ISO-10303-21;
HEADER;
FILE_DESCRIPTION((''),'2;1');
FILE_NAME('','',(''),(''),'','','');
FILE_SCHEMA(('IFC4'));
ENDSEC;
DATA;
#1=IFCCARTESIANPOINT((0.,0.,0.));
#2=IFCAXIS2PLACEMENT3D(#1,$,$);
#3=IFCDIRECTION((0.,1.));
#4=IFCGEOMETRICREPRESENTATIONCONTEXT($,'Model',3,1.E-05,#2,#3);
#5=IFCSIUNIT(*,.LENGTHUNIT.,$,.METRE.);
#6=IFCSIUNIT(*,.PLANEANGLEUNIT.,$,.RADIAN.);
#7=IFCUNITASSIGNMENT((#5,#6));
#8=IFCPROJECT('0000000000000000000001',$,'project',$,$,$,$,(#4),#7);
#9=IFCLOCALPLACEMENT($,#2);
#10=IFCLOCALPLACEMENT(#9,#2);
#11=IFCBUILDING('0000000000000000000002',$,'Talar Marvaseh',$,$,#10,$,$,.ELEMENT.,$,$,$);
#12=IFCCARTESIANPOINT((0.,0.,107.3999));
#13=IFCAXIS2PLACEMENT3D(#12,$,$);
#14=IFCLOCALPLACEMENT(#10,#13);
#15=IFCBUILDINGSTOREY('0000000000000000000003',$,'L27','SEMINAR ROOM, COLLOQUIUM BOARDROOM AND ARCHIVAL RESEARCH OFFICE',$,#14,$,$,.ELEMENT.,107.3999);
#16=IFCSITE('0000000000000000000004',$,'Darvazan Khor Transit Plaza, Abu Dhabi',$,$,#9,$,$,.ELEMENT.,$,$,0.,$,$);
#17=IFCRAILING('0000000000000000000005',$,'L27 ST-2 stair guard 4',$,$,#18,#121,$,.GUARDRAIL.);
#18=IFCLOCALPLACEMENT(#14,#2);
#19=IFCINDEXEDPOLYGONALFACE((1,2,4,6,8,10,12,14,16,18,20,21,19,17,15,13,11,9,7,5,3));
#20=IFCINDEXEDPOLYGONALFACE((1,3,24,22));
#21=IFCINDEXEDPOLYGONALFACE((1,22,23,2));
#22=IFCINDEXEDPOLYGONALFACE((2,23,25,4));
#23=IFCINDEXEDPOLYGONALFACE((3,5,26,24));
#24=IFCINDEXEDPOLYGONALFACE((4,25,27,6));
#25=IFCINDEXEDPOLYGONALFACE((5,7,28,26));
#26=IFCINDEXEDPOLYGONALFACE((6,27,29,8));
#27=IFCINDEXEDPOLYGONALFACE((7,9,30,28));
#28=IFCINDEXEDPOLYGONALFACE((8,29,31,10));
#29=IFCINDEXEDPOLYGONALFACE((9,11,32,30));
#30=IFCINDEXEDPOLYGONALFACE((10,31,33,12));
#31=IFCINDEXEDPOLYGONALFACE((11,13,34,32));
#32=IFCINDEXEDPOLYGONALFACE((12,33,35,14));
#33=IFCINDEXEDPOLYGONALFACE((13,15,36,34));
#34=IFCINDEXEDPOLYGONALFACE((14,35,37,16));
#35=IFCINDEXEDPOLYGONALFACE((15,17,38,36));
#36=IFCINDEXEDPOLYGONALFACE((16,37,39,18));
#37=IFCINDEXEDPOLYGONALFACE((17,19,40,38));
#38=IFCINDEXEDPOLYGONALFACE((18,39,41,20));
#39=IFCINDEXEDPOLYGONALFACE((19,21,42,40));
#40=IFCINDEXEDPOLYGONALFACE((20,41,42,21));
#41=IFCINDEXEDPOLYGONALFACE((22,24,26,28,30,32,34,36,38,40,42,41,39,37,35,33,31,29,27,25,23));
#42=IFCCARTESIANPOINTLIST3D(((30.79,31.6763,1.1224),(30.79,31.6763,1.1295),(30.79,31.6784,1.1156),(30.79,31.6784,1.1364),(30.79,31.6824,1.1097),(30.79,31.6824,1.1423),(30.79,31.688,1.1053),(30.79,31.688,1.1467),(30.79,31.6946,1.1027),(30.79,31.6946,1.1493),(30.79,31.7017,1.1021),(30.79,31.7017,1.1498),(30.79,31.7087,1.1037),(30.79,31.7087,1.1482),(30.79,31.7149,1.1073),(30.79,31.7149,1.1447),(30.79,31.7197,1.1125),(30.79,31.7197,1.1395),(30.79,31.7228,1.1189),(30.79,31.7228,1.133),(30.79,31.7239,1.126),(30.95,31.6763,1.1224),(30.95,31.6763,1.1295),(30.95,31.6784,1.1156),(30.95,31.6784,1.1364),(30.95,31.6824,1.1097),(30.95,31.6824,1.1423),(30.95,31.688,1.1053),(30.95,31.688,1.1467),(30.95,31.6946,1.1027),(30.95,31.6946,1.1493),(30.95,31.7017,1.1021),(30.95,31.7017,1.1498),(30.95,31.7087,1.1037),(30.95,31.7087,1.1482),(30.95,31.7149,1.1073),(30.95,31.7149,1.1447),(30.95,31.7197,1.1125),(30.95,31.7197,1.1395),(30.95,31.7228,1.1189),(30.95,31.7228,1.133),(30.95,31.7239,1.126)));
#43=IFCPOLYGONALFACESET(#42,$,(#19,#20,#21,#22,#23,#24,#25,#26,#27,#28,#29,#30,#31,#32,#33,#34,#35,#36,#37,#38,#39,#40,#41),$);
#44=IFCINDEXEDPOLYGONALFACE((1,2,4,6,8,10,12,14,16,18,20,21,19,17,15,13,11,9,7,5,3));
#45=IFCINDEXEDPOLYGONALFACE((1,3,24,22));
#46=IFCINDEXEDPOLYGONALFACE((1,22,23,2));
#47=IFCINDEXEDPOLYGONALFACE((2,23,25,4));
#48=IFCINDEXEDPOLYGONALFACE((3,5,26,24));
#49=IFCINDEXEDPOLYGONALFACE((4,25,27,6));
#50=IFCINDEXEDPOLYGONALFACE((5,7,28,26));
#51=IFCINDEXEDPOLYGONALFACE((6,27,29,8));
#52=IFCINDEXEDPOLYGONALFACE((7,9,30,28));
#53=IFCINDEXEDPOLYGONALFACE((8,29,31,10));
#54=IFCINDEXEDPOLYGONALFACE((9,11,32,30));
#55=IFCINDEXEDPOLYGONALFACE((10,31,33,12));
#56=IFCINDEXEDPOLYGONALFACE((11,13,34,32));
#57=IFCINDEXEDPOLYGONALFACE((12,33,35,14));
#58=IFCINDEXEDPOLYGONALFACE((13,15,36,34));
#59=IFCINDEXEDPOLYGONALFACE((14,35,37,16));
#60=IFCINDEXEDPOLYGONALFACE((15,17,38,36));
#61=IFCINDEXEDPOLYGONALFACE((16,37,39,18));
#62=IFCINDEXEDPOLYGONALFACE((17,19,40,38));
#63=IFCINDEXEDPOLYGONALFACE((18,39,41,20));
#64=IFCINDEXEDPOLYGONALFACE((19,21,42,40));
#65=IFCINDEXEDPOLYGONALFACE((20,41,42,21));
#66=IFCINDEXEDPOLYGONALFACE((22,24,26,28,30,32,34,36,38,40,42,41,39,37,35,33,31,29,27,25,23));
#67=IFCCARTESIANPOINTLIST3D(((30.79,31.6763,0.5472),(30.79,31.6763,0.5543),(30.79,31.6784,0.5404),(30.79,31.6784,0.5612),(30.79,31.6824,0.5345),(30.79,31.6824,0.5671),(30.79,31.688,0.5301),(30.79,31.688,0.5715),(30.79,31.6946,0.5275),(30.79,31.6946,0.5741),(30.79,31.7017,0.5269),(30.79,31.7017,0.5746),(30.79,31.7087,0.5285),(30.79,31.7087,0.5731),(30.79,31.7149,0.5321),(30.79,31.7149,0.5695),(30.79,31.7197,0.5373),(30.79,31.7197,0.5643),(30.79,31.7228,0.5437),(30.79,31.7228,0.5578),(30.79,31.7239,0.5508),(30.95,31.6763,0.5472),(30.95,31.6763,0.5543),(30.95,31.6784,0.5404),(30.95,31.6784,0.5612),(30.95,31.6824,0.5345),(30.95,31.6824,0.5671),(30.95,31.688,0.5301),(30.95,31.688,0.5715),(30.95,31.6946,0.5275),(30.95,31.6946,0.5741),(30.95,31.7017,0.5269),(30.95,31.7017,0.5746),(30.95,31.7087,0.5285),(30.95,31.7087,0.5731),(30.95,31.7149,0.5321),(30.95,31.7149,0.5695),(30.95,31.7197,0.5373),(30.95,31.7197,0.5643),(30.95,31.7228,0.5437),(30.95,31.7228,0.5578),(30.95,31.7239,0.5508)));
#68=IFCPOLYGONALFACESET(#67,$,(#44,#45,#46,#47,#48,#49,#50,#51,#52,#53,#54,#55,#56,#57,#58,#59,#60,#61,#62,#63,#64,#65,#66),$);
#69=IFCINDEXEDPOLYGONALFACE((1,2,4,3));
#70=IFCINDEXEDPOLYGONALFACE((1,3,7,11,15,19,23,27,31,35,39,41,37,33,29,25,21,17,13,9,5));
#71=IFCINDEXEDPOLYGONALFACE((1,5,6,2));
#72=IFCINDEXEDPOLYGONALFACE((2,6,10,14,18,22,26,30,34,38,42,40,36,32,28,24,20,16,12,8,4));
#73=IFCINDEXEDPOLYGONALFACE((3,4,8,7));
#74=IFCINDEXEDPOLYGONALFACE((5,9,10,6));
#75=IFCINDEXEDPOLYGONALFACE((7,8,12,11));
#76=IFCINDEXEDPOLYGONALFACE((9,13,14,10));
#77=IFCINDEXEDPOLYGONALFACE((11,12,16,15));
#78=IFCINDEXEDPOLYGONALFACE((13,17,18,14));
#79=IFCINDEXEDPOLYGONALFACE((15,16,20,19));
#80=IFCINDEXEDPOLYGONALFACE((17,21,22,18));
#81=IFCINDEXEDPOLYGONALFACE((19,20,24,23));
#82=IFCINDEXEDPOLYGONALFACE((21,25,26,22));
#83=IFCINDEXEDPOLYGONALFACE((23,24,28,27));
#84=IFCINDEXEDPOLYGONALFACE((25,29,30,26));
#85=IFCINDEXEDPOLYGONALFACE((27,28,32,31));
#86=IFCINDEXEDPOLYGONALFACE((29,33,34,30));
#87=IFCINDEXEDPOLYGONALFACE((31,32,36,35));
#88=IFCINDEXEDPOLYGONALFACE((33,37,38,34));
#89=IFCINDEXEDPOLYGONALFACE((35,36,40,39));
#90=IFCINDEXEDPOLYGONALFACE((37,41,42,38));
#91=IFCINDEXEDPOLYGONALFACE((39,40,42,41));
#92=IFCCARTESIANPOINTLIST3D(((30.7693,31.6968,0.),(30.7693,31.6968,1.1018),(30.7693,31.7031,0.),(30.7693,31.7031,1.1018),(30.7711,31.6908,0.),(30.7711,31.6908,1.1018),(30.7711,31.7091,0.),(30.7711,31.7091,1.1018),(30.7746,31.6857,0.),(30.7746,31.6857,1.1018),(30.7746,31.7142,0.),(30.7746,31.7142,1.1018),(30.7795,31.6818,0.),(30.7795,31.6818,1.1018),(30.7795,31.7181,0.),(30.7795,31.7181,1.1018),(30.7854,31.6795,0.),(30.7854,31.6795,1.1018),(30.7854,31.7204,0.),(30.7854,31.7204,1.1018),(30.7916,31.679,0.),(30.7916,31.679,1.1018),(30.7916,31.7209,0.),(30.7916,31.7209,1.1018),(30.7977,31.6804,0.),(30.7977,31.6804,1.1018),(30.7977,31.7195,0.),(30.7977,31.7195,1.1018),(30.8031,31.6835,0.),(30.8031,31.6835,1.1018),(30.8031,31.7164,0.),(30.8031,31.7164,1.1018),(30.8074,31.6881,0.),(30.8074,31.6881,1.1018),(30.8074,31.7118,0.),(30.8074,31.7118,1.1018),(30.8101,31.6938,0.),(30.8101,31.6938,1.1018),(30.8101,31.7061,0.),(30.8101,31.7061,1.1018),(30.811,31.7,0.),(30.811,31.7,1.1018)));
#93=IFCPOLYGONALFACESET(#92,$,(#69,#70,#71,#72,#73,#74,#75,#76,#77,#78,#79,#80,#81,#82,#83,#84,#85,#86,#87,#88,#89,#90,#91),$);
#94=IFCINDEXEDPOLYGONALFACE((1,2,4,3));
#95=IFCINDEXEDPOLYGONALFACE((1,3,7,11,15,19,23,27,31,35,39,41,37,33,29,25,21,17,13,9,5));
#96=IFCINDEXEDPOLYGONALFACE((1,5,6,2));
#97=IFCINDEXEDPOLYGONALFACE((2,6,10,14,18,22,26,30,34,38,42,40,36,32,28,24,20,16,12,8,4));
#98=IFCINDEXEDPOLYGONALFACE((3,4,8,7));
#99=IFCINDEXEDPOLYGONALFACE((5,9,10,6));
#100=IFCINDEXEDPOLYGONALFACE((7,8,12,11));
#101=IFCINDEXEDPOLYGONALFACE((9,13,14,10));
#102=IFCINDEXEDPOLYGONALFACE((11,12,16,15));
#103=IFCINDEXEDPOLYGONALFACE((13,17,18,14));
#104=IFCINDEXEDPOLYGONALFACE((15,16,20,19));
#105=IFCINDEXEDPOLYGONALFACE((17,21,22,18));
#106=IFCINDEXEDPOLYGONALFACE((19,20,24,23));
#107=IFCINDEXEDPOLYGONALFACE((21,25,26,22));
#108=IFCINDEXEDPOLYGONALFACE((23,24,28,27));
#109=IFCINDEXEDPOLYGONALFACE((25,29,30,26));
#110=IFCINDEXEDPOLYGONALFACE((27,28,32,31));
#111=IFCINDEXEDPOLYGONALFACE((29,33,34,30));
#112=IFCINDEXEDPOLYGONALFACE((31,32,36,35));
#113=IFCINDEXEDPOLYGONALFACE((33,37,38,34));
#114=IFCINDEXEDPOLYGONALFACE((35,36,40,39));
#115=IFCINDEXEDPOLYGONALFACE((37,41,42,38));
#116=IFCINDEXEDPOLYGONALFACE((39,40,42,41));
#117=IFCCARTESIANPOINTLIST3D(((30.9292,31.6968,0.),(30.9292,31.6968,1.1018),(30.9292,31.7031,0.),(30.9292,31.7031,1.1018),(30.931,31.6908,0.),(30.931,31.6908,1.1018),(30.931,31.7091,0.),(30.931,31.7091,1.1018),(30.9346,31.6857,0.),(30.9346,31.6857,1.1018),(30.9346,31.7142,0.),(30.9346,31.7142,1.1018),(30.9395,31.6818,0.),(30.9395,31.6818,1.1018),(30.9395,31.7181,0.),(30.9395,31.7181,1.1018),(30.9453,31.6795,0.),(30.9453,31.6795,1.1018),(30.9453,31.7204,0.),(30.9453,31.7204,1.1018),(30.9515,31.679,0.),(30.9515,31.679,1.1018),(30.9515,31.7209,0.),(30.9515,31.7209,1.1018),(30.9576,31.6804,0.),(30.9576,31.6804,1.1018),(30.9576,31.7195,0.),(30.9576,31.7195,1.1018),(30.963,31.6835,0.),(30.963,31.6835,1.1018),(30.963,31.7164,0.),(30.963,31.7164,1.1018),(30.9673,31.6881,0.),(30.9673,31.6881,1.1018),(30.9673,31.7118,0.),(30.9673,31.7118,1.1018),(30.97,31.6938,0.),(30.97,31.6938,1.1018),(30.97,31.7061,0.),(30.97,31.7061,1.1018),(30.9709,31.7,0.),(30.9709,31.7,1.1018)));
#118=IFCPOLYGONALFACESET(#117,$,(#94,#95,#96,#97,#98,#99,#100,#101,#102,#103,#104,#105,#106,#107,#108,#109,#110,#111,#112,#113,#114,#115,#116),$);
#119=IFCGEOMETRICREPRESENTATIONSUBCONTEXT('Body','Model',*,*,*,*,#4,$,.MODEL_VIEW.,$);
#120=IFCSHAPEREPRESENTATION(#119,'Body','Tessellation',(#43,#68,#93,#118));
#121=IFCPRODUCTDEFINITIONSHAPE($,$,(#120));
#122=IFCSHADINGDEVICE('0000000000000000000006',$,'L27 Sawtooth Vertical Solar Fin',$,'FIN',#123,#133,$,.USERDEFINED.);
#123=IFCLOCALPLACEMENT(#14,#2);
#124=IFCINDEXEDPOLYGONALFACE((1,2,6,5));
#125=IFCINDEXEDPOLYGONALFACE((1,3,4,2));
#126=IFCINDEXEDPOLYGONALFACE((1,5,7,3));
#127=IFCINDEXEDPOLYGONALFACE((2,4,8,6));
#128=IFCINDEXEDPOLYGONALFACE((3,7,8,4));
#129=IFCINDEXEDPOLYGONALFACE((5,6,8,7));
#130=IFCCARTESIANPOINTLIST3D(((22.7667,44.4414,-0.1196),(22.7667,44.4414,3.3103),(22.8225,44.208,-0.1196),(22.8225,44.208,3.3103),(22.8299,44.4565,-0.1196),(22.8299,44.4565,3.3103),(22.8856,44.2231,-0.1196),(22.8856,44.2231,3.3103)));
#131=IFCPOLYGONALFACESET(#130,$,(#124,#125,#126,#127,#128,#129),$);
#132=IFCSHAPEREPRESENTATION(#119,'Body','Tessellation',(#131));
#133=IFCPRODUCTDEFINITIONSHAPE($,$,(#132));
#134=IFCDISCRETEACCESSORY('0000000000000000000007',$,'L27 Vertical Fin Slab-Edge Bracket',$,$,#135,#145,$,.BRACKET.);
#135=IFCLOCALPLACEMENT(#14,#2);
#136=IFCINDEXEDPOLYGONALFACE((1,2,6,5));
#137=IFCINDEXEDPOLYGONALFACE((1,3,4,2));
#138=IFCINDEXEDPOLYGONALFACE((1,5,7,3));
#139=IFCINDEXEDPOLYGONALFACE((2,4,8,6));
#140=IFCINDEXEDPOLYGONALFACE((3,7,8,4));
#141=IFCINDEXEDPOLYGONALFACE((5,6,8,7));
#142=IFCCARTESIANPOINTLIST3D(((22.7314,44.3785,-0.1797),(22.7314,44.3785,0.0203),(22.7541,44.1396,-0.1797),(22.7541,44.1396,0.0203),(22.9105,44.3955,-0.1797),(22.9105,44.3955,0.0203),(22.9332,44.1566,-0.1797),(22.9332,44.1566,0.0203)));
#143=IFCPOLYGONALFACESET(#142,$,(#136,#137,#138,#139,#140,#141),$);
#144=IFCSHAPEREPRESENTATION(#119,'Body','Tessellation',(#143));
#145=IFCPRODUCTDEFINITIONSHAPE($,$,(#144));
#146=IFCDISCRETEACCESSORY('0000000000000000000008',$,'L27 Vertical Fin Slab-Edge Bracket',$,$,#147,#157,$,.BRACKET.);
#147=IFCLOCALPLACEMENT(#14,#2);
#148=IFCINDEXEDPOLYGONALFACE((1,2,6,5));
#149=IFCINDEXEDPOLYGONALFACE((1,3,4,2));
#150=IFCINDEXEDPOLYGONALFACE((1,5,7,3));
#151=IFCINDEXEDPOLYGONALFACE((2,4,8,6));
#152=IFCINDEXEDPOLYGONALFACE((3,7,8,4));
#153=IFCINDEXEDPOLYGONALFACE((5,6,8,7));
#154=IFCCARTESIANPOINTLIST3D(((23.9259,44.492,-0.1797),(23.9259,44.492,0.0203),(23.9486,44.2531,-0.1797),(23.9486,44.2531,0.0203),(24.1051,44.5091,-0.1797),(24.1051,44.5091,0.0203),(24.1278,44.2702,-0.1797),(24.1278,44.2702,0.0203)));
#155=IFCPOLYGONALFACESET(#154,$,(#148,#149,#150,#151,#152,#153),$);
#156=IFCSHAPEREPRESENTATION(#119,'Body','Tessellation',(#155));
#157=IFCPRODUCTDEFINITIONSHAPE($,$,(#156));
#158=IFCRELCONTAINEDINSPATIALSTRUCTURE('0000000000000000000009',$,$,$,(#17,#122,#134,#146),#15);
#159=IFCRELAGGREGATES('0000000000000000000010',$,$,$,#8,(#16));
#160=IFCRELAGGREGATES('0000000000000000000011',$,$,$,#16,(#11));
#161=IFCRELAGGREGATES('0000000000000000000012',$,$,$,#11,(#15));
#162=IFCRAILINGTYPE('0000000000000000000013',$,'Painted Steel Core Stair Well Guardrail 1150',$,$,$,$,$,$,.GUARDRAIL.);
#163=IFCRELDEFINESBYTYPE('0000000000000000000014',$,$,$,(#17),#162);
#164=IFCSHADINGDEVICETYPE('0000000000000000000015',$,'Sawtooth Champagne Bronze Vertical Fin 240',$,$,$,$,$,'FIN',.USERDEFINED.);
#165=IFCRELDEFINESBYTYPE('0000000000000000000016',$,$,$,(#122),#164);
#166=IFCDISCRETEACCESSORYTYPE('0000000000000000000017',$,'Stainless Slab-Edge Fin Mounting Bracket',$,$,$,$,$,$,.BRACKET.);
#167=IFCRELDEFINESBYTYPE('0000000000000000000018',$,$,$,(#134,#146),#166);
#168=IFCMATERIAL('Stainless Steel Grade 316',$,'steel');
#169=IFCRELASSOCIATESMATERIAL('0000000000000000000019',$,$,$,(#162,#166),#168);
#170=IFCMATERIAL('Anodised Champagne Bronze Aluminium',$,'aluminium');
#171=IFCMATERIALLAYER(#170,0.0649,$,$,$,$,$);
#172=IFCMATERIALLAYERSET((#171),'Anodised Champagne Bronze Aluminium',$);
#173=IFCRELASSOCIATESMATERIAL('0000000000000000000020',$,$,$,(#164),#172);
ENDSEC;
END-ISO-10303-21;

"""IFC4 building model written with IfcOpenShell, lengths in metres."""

from ifc_helpers import new_model, si_unit, direction, frame, origin, origin_2d, place, context, subcontext, project, spatial, rectangle, circle, extrude, source, transform, mapped, material, layer, layer_set, type_object, type_shapes, element, save


model = new_model("IFC4")

# Units and contexts
model_context = context("Model", 3, precision=1e-05, world=origin(), true_north=direction((0.0, 1.0)))
body_context = subcontext(model_context, "Body", "Model", "MODEL_VIEW")
ifc_project = project(units=[si_unit("LENGTHUNIT", "METRE"), si_unit("PLANEANGLEUNIT", "RADIAN")], contexts=[model_context])

# Site, building, storey
site_placement = place(None, origin())
site = spatial("IfcSite", under=ifc_project, at=site_placement, Name="Darvazan Khor Transit Plaza, Abu Dhabi", CompositionType="ELEMENT", RefElevation=0.0)
building_placement = place(site_placement, origin())
building = spatial("IfcBuilding", under=site, at=building_placement, Name="Talar Marvaseh", CompositionType="ELEMENT")
storey_placement = place(building_placement, frame((0.0, 0.0, 107.3999)))
storey = spatial("IfcBuildingStorey", under=building, at=storey_placement, Name="L27", Description="SEMINAR ROOM, COLLOQUIUM BOARDROOM AND ARCHIVAL RESEARCH OFFICE", CompositionType="ELEMENT", Elevation=107.3999)

# Shared definitions
ifc_material_1 = material(Name="Stainless Steel Grade 316", Category="steel")

# Railing
railing_type_1 = type_object("IfcRailingType", Name="Painted Steel Core Stair Well Guardrail 1150", PredefinedType="GUARDRAIL", material=ifc_material_1)
railing_1_placement = place(storey_placement, frame((30.79, 31.7, 0.0)))
element("IfcRailing", 1, at=railing_1_placement, inside=storey, type_object=railing_type_1, Name="L27 ST-2 stair guard 4", PredefinedType="GUARDRAIL", context=body_context, shape_type="SweptSolid", body=[
    extrude(circle(Radius=0.0239, at=origin_2d()), frame((0.0, 0.0, 1.126), z_axis=(1.0, 0.0, 0.0), x_axis=(0.0, 1.0, 0.0)), (0.0, 0.0, 1.0), 0.1599),
    extrude(circle(Radius=0.0239, at=origin_2d()), frame((0.0, 0.0, 0.5508), z_axis=(1.0, 0.0, 0.0), x_axis=(0.0, 1.0, 0.0)), (0.0, 0.0, 1.0), 0.1599),
    extrude(circle(Radius=0.021, at=origin_2d()), origin(), (0.0, 0.0, 1.0), 1.1018),
    extrude(circle(Radius=0.021, at=origin_2d()), frame((0.1599, 0.0, 0.0)), (0.0, 0.0, 1.0), 1.1018),
])

# Shading device
ifc_material_2 = material(Name="Anodised Champagne Bronze Aluminium", Category="aluminium")
ifc_layer_1 = layer(ifc_material_2, 0.0649)
ifc_layer_set_1 = layer_set([ifc_layer_1], Name="Anodised Champagne Bronze Aluminium")
shading_device_type = type_object("IfcShadingDeviceType", Name="Sawtooth Champagne Bronze Vertical Fin 240", ElementType="FIN", PredefinedType="USERDEFINED", material=ifc_layer_set_1)
shared_shape_1 = source(origin(), body_context, "Body", "SweptSolid", [
    extrude(rectangle(XDim=0.24, YDim=0.0649, at=origin_2d()), origin(), (0.0, 0.0, 1.0), 3.4299),
])
type_shapes(shading_device_type, [shared_shape_1])
shading_device_placement = place(storey_placement, frame((22.8262, 44.3323, -0.1196), z_axis=(0.0, 0.0, 1.0), x_axis=(-0.232257, 0.972654, 0.0)))
element("IfcShadingDevice", 2, at=shading_device_placement, inside=storey, type_object=shading_device_type, Name="L27 Sawtooth Vertical Solar Fin", ObjectType="FIN", PredefinedType="USERDEFINED", context=body_context, shape_type="MappedRepresentation", body=[
    mapped(shared_shape_1, transform((0.0, 0.0, 0.0), x_axis=(1.0, 0.0, 0.0), y_axis=(0.0, 1.0, 0.0), z_axis=(0.0, 0.0, 1.0), scale=1.0)),
])

# Discrete accessories
discrete_accessory_type = type_object("IfcDiscreteAccessoryType", Name="Stainless Slab-Edge Fin Mounting Bracket", PredefinedType="BRACKET", material=ifc_material_1)
shared_shape_2 = source(origin(), body_context, "Body", "SweptSolid", [
    extrude(rectangle(XDim=0.24, YDim=0.1799, at=origin_2d()), origin(), (0.0, 0.0, 1.0), 0.2),
])
type_shapes(discrete_accessory_type, [shared_shape_2])
for number, where, z_axis, x_axis, name in (
    (3, (22.8323, 44.2676, -0.1797), (0.0, 0.0, 1.0), (-0.09463, 0.995513, 0.0), "L27 Vertical Fin Slab-Edge Bracket"),
    (4, (24.0269, 44.3811, -0.1797), (0.0, 0.0, 1.0), (-0.09463, 0.995513, 0.0), "L27 Vertical Fin Slab-Edge Bracket"),
):
    element("IfcDiscreteAccessory", number, at=place(storey_placement, frame(where, z_axis=z_axis, x_axis=x_axis)), inside=storey, type_object=discrete_accessory_type, Name=name, PredefinedType="BRACKET", context=body_context, shape_type="MappedRepresentation", body=[
        mapped(shared_shape_2, transform((0.0, 0.0, 0.0), x_axis=(1.0, 0.0, 0.0), y_axis=(0.0, 1.0, 0.0), z_axis=(0.0, 0.0, 1.0), scale=1.0)),
    ])

save(model, "model.ifc")
